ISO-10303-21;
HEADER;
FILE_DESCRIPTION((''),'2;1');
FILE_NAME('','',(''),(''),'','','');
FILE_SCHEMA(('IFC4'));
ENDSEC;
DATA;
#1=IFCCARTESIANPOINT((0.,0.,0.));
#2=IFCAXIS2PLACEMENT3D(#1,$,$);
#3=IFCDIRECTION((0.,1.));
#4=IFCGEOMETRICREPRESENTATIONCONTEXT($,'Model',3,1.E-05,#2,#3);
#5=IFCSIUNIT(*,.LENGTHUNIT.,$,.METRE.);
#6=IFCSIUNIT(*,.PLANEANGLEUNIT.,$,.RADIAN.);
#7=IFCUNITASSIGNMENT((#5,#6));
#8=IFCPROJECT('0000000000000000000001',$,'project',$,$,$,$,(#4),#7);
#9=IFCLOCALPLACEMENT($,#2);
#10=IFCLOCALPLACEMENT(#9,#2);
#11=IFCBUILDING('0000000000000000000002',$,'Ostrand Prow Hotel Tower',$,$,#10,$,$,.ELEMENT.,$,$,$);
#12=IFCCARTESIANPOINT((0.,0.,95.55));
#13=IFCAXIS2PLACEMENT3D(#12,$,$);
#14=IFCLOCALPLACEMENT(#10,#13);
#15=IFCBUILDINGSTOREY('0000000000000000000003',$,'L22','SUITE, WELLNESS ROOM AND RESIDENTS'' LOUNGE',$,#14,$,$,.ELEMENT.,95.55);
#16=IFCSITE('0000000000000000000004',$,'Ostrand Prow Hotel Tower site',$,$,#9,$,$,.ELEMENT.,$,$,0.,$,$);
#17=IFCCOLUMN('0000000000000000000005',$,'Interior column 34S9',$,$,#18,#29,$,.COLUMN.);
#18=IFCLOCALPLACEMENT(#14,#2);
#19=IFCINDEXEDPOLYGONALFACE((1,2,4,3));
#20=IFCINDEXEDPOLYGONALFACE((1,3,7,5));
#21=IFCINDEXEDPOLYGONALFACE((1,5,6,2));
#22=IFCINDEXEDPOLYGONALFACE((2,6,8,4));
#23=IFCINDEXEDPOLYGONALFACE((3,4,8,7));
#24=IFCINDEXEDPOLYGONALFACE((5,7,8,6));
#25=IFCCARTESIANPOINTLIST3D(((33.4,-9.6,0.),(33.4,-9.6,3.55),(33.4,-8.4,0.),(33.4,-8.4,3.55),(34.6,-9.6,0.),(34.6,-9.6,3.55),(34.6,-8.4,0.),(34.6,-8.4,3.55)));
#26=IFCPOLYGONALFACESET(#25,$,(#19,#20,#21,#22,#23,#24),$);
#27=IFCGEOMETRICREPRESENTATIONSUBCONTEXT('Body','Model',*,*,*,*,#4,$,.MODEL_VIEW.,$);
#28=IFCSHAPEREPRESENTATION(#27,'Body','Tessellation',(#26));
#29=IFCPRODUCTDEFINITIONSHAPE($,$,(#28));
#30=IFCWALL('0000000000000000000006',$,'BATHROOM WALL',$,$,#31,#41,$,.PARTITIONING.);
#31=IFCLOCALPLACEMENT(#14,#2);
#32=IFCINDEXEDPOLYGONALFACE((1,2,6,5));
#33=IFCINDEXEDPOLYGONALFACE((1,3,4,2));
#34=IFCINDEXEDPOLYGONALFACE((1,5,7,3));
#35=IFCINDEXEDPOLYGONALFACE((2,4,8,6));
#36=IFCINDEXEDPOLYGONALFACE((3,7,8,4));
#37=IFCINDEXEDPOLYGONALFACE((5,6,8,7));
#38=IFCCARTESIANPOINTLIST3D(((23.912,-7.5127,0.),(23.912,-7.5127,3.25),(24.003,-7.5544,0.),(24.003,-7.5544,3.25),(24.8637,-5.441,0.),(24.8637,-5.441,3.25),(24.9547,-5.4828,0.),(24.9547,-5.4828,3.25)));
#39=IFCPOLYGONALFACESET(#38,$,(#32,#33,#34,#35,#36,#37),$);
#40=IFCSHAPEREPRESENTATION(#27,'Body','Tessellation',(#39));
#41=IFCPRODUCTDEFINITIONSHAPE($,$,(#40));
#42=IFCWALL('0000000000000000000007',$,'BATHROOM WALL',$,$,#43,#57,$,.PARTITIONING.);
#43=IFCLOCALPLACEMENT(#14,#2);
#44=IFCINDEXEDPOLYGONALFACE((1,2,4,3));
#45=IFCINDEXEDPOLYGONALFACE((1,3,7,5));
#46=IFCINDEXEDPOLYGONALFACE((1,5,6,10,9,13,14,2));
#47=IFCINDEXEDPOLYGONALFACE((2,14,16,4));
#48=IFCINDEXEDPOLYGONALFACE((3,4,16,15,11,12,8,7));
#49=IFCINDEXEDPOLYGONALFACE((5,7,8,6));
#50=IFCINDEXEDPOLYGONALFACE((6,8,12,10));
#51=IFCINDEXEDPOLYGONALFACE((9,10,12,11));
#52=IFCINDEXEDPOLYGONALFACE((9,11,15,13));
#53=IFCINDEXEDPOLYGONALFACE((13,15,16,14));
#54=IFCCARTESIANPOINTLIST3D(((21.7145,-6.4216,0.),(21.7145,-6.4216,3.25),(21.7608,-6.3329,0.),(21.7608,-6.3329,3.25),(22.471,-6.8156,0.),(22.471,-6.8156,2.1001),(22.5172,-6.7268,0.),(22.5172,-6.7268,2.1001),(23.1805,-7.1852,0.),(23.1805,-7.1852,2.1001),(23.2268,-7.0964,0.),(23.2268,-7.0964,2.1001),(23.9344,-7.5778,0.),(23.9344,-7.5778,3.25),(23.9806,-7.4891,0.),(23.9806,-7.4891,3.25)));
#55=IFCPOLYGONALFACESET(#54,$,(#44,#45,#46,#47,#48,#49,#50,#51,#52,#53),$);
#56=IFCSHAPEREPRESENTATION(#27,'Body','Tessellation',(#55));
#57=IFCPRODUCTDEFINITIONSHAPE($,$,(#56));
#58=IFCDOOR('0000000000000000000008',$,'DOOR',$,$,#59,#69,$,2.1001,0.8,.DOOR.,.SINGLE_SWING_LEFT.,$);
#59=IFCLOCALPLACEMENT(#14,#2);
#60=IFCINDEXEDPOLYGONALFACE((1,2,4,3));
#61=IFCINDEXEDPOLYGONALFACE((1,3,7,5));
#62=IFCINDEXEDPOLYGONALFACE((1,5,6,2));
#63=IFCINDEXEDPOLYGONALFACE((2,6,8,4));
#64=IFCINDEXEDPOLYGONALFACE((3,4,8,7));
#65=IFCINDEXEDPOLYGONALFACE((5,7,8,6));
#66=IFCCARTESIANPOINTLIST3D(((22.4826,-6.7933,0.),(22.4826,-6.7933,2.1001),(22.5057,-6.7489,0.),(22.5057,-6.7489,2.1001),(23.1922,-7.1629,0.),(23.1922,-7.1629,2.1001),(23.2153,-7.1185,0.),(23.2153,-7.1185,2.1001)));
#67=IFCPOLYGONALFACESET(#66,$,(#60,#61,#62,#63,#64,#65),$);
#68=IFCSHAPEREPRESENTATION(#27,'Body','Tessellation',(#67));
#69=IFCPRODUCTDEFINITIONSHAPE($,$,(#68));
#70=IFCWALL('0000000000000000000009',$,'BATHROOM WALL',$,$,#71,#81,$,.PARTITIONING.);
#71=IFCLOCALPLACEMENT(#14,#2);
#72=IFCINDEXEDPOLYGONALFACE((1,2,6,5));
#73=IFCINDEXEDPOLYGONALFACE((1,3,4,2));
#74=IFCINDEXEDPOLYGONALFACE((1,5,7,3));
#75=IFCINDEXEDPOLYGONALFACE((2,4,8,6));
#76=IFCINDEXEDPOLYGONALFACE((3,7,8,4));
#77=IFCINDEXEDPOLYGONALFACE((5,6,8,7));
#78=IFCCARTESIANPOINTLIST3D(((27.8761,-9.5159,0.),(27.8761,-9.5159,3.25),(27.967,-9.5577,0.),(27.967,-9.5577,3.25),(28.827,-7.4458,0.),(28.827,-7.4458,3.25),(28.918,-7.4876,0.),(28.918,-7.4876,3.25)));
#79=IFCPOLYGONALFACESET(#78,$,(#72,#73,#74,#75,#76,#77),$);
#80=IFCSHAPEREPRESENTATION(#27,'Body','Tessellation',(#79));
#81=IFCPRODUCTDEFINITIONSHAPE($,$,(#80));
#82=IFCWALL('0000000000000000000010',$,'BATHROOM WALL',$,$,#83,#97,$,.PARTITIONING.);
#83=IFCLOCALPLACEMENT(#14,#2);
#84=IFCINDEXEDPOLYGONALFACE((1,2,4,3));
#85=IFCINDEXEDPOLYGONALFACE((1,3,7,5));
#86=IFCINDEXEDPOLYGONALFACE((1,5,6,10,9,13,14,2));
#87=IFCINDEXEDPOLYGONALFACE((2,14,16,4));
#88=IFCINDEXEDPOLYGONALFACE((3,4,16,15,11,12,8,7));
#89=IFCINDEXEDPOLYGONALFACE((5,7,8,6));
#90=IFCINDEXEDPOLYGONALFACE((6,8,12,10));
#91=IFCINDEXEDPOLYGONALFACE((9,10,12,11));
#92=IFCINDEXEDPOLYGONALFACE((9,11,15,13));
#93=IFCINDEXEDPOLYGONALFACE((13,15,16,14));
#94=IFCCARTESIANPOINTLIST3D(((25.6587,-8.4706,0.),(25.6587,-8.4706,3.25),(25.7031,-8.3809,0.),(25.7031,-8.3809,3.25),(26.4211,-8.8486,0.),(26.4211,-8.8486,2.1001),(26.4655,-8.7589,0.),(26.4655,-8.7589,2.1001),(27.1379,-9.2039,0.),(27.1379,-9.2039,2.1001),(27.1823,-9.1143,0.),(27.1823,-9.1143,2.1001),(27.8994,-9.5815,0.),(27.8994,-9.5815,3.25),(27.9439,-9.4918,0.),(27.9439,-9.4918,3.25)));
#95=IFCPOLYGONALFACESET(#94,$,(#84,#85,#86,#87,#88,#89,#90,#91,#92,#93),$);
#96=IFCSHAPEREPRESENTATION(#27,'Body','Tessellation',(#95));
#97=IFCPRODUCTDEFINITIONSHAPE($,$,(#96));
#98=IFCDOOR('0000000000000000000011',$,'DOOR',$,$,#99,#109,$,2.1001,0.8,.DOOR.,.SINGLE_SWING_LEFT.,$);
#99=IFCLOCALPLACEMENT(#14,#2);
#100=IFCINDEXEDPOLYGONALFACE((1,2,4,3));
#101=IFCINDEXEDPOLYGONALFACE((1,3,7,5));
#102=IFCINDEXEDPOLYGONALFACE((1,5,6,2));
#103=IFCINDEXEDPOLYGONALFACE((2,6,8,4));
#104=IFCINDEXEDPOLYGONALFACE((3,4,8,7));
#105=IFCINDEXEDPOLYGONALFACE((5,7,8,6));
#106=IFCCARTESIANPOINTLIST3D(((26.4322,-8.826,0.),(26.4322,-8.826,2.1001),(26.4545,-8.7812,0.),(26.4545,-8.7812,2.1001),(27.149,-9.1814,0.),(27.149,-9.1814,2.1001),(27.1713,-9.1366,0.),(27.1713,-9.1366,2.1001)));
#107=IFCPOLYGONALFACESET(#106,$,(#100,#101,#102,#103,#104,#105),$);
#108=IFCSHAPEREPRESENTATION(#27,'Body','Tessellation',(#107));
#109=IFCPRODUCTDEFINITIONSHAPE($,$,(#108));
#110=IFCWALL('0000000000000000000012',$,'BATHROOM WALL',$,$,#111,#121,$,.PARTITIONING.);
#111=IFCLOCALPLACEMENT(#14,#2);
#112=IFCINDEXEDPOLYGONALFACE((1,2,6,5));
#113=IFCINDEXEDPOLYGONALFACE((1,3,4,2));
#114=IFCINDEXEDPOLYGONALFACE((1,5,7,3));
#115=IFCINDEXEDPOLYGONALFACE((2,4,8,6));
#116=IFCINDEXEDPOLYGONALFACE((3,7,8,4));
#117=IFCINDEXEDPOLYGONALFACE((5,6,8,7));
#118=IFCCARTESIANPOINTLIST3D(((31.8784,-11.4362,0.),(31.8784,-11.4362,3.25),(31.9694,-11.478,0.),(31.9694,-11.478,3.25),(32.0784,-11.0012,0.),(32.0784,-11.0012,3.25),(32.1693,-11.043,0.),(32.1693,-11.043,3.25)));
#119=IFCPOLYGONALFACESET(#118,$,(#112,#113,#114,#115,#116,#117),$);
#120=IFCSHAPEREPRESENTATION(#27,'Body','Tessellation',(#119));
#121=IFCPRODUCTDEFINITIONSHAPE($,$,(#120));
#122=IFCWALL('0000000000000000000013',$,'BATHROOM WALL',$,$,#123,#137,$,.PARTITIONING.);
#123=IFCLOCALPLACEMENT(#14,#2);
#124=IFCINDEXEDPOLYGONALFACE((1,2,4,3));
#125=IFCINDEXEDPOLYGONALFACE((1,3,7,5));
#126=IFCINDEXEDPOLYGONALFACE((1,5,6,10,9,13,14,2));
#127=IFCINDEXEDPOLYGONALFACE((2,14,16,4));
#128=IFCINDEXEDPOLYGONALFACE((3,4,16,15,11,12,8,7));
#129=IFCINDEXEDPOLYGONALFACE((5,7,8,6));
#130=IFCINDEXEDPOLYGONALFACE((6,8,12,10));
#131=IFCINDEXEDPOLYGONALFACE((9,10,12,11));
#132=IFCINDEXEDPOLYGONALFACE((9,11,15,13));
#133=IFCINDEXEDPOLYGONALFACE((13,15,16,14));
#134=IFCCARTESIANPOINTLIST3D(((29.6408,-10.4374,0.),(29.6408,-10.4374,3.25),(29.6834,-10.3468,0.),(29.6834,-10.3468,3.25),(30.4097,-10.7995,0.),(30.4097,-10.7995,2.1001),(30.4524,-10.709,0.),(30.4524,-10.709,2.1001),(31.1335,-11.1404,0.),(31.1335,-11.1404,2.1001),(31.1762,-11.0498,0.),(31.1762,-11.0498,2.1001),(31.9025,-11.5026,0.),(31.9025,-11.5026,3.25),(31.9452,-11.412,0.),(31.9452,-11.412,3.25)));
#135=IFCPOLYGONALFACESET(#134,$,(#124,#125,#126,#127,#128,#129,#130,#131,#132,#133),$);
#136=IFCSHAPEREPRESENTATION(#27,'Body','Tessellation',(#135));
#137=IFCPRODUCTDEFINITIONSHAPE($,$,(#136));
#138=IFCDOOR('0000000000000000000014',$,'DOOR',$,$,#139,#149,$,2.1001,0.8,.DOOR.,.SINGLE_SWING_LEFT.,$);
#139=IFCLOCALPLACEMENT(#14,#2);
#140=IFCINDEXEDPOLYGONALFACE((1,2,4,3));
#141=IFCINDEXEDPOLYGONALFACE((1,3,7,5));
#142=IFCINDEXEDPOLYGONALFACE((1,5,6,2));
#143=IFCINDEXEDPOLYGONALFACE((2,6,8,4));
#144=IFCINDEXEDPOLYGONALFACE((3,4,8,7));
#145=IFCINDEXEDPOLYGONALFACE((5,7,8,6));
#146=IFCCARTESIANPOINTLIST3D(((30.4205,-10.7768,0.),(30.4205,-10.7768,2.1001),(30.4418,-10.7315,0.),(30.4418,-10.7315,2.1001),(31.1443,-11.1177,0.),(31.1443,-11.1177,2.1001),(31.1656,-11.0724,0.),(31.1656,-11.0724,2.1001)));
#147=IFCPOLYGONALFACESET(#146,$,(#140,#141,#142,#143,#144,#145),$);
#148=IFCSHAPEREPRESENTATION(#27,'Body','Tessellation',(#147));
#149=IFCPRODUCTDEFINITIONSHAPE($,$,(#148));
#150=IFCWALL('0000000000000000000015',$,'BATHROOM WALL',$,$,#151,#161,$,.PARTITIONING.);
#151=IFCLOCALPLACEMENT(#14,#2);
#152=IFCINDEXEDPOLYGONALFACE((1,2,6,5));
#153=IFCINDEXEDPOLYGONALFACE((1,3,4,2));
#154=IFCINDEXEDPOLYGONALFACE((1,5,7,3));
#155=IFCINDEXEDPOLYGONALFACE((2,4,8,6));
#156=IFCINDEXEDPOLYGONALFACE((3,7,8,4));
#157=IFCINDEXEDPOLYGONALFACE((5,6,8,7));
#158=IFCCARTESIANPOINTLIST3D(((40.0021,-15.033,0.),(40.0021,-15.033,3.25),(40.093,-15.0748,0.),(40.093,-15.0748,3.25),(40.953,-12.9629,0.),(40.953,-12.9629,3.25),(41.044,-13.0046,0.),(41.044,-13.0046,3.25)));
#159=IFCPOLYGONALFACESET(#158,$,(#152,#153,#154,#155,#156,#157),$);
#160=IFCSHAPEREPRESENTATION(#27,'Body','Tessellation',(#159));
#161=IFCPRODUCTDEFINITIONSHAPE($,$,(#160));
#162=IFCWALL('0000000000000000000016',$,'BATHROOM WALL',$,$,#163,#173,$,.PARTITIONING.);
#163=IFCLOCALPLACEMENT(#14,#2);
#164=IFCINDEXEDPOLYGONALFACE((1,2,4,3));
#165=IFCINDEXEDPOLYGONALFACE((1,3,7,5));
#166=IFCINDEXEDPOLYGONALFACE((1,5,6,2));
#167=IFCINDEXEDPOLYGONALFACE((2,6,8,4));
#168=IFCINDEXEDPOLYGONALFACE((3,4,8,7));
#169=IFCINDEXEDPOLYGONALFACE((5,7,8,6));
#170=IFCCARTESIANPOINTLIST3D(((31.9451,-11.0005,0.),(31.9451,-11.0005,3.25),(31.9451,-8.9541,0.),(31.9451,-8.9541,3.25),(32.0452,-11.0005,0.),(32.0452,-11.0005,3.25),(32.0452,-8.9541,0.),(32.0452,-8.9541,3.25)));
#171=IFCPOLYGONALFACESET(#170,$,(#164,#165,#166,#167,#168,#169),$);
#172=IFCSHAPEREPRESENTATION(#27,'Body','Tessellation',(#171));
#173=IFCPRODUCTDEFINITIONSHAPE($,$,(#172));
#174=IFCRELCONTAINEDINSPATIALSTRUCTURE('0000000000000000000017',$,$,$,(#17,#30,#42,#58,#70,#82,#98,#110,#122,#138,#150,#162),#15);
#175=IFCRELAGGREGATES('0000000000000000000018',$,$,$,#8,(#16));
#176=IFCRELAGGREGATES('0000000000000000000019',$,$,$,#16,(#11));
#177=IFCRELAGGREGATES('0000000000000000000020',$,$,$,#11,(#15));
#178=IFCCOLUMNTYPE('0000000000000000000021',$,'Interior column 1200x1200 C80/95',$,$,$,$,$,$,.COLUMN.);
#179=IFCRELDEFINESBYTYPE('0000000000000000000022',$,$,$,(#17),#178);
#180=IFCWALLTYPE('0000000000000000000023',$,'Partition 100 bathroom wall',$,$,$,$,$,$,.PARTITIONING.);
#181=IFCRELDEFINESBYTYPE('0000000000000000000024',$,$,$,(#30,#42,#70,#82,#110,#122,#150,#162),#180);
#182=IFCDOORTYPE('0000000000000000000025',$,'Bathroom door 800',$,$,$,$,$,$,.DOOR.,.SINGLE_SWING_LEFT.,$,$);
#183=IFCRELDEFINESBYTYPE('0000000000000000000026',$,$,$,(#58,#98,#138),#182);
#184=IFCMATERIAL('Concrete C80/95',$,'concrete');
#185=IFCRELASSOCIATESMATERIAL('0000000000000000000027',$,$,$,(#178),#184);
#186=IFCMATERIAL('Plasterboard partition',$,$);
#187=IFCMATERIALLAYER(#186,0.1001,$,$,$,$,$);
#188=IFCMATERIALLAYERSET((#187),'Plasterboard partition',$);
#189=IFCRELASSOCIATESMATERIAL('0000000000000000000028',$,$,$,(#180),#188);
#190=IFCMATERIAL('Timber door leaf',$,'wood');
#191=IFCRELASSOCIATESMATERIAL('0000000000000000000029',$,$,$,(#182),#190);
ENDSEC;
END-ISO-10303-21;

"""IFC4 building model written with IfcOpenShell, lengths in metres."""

from ifc_helpers import new_model, si_unit, direction, frame, frame_2d, origin, origin_2d, place, context, subcontext, project, spatial, rectangle, extrude, material, layer, layer_set, material_profile, profile_set, type_object, element, fill, save


model = new_model("IFC4")

# Units and contexts
model_context = context("Model", 3, precision=1e-05, world=origin(), true_north=direction((0.0, 1.0)))
body_context = subcontext(model_context, "Body", "Model", "MODEL_VIEW")
ifc_project = project(units=[si_unit("LENGTHUNIT", "METRE"), si_unit("PLANEANGLEUNIT", "RADIAN")], contexts=[model_context])

# Site, building, storey
site_placement = place(None, origin())
site = spatial("IfcSite", under=ifc_project, at=site_placement, Name="Ostrand Prow Hotel Tower site", CompositionType="ELEMENT", RefElevation=0.0)
building_placement = place(site_placement, origin())
building = spatial("IfcBuilding", under=site, at=building_placement, Name="Ostrand Prow Hotel Tower", CompositionType="ELEMENT")
storey_placement = place(building_placement, frame((0.0, 0.0, 95.55)))
storey = spatial("IfcBuildingStorey", under=building, at=storey_placement, Name="L22", Description="SUITE, WELLNESS ROOM AND RESIDENTS' LOUNGE", CompositionType="ELEMENT", Elevation=95.55)

# Column
ifc_material_1 = material(Name="Concrete C80/95", Category="concrete")
ifc_material_profile = material_profile(ifc_material_1, rectangle(XDim=1.2, YDim=1.2, at=origin_2d()), Name="RC 1200x1200")
ifc_profile_set = profile_set([ifc_material_profile], Name="Concrete C80/95")
column_type = type_object("IfcColumnType", Name="Interior column 1200x1200 C80/95", PredefinedType="COLUMN", material=ifc_profile_set)
column_placement = place(storey_placement, frame((34.0, -9.0, 0.0), z_axis=(0.0, 0.0, 1.0), x_axis=(1.0, 0.0, 0.0)))
element("IfcColumn", 1, at=column_placement, inside=storey, type_object=column_type, Name="Interior column 34S9", PredefinedType="COLUMN", context=body_context, shape_type="SweptSolid", body=[
    extrude(rectangle(XDim=1.2, YDim=1.2, at=origin_2d()), origin(), (0.0, 0.0, 1.0), 3.55),
])

# Wall
ifc_material_2 = material(Name="Plasterboard partition")
ifc_layer_1 = layer(ifc_material_2, 0.1001)
ifc_layer_set_1 = layer_set([ifc_layer_1], Name="Plasterboard partition")
wall_type_1 = type_object("IfcWallType", Name="Partition 100 bathroom wall", PredefinedType="PARTITIONING", material=ifc_layer_set_1)
wall_1_placement = place(storey_placement, frame((24.9092, -5.4619, 0.0), z_axis=(0.0, 0.0, 1.0), x_axis=(-0.417455, -0.908698, 0.0)))
element("IfcWall", 2, at=wall_1_placement, inside=storey, type_object=wall_type_1, Name="BATHROOM WALL", PredefinedType="PARTITIONING", context=body_context, shape_type="SweptSolid", body=[
    extrude(rectangle(XDim=2.2798, YDim=0.1001, at=frame_2d((1.1399, 0.0))), origin(), (0.0, 0.0, 1.0), 3.25),
])

# Wall, opening, door
wall_2_placement = place(storey_placement, frame((23.9575, -7.5334, 0.0), z_axis=(0.0, 0.0, 1.0), x_axis=(-0.886912, 0.461939, 0.0)))
wall_2 = element("IfcWall", 3, at=wall_2_placement, inside=storey, type_object=wall_type_1, Name="BATHROOM WALL", PredefinedType="PARTITIONING", context=body_context, shape_type="SweptSolid", body=[
    extrude(rectangle(XDim=2.5029, YDim=0.1001, at=frame_2d((1.2515, 0.0))), origin(), (0.0, 0.0, 1.0), 3.25),
])
opening_1_placement = place(wall_2_placement, frame((0.8501, 0.0, 0.0)))
opening_1 = element("IfcOpeningElement", 4, at=opening_1_placement, cuts=wall_2, PredefinedType="OPENING", context=body_context, shape_type="SweptSolid", body=[
    extrude(rectangle(XDim=0.8, YDim=2.1001, at=frame_2d((0.3999, 1.05))), frame((0.0, 0.0601, 0.0), z_axis=(0.0, -1.0, 0.0), x_axis=(1.0, 0.0, 0.0)), (0.0, 0.0, 1.0), 0.1201),
])
ifc_material_3 = material(Name="Timber door leaf", Category="wood")
door_type_1 = type_object("IfcDoorType", Name="Bathroom door 800", OperationType="SINGLE_SWING_LEFT", PredefinedType="DOOR", material=ifc_material_3)
door_1_placement = place(opening_1_placement, origin())
door_1 = element("IfcDoor", 5, at=door_1_placement, inside=storey, type_object=door_type_1, Name="DOOR", OperationType="SINGLE_SWING_LEFT", OverallHeight=2.1001, OverallWidth=0.8, PredefinedType="DOOR", context=body_context, shape_type="SweptSolid", body=[
    extrude(rectangle(XDim=0.8, YDim=2.1001, at=frame_2d((0.3999, 1.05))), frame((0.0, 0.0249, 0.0), z_axis=(0.0, -1.0, 0.0), x_axis=(1.0, 0.0, 0.0)), (0.0, 0.0, 1.0), 0.05),
])
fill(opening_1, door_1)

# Wall
wall_3_placement = place(storey_placement, frame((28.8726, -7.4666, 0.0), z_axis=(0.0, 0.0, 1.0), x_axis=(-0.417433, -0.908708, 0.0)))
element("IfcWall", 6, at=wall_3_placement, inside=storey, type_object=wall_type_1, Name="BATHROOM WALL", PredefinedType="PARTITIONING", context=body_context, shape_type="SweptSolid", body=[
    extrude(rectangle(XDim=2.2781, YDim=0.1001, at=frame_2d((1.1392, 0.0))), origin(), (0.0, 0.0, 1.0), 3.25),
])

# Wall, opening, door
wall_4_placement = place(storey_placement, frame((27.9216, -9.5366, 0.0), z_axis=(0.0, 0.0, 1.0), x_axis=(-0.895945, 0.444165, 0.0)))
wall_4 = element("IfcWall", 7, at=wall_4_placement, inside=storey, type_object=wall_type_1, Name="BATHROOM WALL", PredefinedType="PARTITIONING", context=body_context, shape_type="SweptSolid", body=[
    extrude(rectangle(XDim=2.501, YDim=0.1001, at=frame_2d((1.2505, 0.0))), origin(), (0.0, 0.0, 1.0), 3.25),
])
opening_2_placement = place(wall_4_placement, frame((0.8501, 0.0, 0.0)))
opening_2 = element("IfcOpeningElement", 8, at=opening_2_placement, cuts=wall_4, PredefinedType="OPENING", context=body_context, shape_type="SweptSolid", body=[
    extrude(rectangle(XDim=0.8, YDim=2.1001, at=frame_2d((0.3999, 1.05))), frame((0.0, 0.0601, 0.0), z_axis=(0.0, -1.0, 0.0), x_axis=(1.0, 0.0, 0.0)), (0.0, 0.0, 1.0), 0.1201),
])
door_2_placement = place(opening_2_placement, origin())
door_2 = element("IfcDoor", 9, at=door_2_placement, inside=storey, type_object=door_type_1, Name="DOOR", OperationType="SINGLE_SWING_LEFT", OverallHeight=2.1001, OverallWidth=0.8, PredefinedType="DOOR", context=body_context, shape_type="SweptSolid", body=[
    extrude(rectangle(XDim=0.8, YDim=2.1001, at=frame_2d((0.3999, 1.05))), frame((0.0, 0.0249, 0.0), z_axis=(0.0, -1.0, 0.0), x_axis=(1.0, 0.0, 0.0)), (0.0, 0.0, 1.0), 0.05),
])
fill(opening_2, door_2)

# Wall
wall_5_placement = place(storey_placement, frame((32.1238, -11.0222, 0.0), z_axis=(0.0, 0.0, 1.0), x_axis=(-0.417603, -0.90863, 0.0)))
element("IfcWall", 10, at=wall_5_placement, inside=storey, type_object=wall_type_1, Name="BATHROOM WALL", PredefinedType="PARTITIONING", context=body_context, shape_type="SweptSolid", body=[
    extrude(rectangle(XDim=0.4788, YDim=0.1001, at=frame_2d((0.2393, 0.0))), origin(), (0.0, 0.0, 1.0), 3.25),
])

# Wall, opening, door
wall_6_placement = place(storey_placement, frame((31.9238, -11.4573, 0.0), z_axis=(0.0, 0.0, 1.0), x_axis=(-0.904688, 0.426074, 0.0)))
wall_6 = element("IfcWall", 11, at=wall_6_placement, inside=storey, type_object=wall_type_1, Name="BATHROOM WALL", PredefinedType="PARTITIONING", context=body_context, shape_type="SweptSolid", body=[
    extrude(rectangle(XDim=2.5, YDim=0.1001, at=frame_2d((1.25, 0.0))), origin(), (0.0, 0.0, 1.0), 3.25),
])
opening_3_placement = place(wall_6_placement, frame((0.8501, 0.0, 0.0)))
opening_3 = element("IfcOpeningElement", 12, at=opening_3_placement, cuts=wall_6, PredefinedType="OPENING", context=body_context, shape_type="SweptSolid", body=[
    extrude(rectangle(XDim=0.8, YDim=2.1001, at=frame_2d((0.3999, 1.05))), frame((0.0, 0.0601, 0.0), z_axis=(0.0, -1.0, 0.0), x_axis=(1.0, 0.0, 0.0)), (0.0, 0.0, 1.0), 0.1201),
])
door_3_placement = place(opening_3_placement, origin())
door_3 = element("IfcDoor", 13, at=door_3_placement, inside=storey, type_object=door_type_1, Name="DOOR", OperationType="SINGLE_SWING_LEFT", OverallHeight=2.1001, OverallWidth=0.8, PredefinedType="DOOR", context=body_context, shape_type="SweptSolid", body=[
    extrude(rectangle(XDim=0.8, YDim=2.1001, at=frame_2d((0.3999, 1.05))), frame((0.0, 0.0249, 0.0), z_axis=(0.0, -1.0, 0.0), x_axis=(1.0, 0.0, 0.0)), (0.0, 0.0, 1.0), 0.05),
])
fill(opening_3, door_3)

# Walls
wall_7_placement = place(storey_placement, frame((40.9985, -12.9836, 0.0), z_axis=(0.0, 0.0, 1.0), x_axis=(-0.417433, -0.908708, 0.0)))
element("IfcWall", 14, at=wall_7_placement, inside=storey, type_object=wall_type_1, Name="BATHROOM WALL", PredefinedType="PARTITIONING", context=body_context, shape_type="SweptSolid", body=[
    extrude(rectangle(XDim=2.2781, YDim=0.1001, at=frame_2d((1.1392, 0.0))), origin(), (0.0, 0.0, 1.0), 3.25),
])
wall_8_placement = place(storey_placement, frame((31.9951, -8.9541, 0.0), z_axis=(0.0, 0.0, 1.0), x_axis=(0.0, -1.0, 0.0)))
element("IfcWall", 15, at=wall_8_placement, inside=storey, type_object=wall_type_1, Name="BATHROOM WALL", PredefinedType="PARTITIONING", context=body_context, shape_type="SweptSolid", body=[
    extrude(rectangle(XDim=2.0464, YDim=0.1001, at=frame_2d((1.0232, 0.0))), origin(), (0.0, 0.0, 1.0), 3.25),
])

save(model, "model.ifc")
